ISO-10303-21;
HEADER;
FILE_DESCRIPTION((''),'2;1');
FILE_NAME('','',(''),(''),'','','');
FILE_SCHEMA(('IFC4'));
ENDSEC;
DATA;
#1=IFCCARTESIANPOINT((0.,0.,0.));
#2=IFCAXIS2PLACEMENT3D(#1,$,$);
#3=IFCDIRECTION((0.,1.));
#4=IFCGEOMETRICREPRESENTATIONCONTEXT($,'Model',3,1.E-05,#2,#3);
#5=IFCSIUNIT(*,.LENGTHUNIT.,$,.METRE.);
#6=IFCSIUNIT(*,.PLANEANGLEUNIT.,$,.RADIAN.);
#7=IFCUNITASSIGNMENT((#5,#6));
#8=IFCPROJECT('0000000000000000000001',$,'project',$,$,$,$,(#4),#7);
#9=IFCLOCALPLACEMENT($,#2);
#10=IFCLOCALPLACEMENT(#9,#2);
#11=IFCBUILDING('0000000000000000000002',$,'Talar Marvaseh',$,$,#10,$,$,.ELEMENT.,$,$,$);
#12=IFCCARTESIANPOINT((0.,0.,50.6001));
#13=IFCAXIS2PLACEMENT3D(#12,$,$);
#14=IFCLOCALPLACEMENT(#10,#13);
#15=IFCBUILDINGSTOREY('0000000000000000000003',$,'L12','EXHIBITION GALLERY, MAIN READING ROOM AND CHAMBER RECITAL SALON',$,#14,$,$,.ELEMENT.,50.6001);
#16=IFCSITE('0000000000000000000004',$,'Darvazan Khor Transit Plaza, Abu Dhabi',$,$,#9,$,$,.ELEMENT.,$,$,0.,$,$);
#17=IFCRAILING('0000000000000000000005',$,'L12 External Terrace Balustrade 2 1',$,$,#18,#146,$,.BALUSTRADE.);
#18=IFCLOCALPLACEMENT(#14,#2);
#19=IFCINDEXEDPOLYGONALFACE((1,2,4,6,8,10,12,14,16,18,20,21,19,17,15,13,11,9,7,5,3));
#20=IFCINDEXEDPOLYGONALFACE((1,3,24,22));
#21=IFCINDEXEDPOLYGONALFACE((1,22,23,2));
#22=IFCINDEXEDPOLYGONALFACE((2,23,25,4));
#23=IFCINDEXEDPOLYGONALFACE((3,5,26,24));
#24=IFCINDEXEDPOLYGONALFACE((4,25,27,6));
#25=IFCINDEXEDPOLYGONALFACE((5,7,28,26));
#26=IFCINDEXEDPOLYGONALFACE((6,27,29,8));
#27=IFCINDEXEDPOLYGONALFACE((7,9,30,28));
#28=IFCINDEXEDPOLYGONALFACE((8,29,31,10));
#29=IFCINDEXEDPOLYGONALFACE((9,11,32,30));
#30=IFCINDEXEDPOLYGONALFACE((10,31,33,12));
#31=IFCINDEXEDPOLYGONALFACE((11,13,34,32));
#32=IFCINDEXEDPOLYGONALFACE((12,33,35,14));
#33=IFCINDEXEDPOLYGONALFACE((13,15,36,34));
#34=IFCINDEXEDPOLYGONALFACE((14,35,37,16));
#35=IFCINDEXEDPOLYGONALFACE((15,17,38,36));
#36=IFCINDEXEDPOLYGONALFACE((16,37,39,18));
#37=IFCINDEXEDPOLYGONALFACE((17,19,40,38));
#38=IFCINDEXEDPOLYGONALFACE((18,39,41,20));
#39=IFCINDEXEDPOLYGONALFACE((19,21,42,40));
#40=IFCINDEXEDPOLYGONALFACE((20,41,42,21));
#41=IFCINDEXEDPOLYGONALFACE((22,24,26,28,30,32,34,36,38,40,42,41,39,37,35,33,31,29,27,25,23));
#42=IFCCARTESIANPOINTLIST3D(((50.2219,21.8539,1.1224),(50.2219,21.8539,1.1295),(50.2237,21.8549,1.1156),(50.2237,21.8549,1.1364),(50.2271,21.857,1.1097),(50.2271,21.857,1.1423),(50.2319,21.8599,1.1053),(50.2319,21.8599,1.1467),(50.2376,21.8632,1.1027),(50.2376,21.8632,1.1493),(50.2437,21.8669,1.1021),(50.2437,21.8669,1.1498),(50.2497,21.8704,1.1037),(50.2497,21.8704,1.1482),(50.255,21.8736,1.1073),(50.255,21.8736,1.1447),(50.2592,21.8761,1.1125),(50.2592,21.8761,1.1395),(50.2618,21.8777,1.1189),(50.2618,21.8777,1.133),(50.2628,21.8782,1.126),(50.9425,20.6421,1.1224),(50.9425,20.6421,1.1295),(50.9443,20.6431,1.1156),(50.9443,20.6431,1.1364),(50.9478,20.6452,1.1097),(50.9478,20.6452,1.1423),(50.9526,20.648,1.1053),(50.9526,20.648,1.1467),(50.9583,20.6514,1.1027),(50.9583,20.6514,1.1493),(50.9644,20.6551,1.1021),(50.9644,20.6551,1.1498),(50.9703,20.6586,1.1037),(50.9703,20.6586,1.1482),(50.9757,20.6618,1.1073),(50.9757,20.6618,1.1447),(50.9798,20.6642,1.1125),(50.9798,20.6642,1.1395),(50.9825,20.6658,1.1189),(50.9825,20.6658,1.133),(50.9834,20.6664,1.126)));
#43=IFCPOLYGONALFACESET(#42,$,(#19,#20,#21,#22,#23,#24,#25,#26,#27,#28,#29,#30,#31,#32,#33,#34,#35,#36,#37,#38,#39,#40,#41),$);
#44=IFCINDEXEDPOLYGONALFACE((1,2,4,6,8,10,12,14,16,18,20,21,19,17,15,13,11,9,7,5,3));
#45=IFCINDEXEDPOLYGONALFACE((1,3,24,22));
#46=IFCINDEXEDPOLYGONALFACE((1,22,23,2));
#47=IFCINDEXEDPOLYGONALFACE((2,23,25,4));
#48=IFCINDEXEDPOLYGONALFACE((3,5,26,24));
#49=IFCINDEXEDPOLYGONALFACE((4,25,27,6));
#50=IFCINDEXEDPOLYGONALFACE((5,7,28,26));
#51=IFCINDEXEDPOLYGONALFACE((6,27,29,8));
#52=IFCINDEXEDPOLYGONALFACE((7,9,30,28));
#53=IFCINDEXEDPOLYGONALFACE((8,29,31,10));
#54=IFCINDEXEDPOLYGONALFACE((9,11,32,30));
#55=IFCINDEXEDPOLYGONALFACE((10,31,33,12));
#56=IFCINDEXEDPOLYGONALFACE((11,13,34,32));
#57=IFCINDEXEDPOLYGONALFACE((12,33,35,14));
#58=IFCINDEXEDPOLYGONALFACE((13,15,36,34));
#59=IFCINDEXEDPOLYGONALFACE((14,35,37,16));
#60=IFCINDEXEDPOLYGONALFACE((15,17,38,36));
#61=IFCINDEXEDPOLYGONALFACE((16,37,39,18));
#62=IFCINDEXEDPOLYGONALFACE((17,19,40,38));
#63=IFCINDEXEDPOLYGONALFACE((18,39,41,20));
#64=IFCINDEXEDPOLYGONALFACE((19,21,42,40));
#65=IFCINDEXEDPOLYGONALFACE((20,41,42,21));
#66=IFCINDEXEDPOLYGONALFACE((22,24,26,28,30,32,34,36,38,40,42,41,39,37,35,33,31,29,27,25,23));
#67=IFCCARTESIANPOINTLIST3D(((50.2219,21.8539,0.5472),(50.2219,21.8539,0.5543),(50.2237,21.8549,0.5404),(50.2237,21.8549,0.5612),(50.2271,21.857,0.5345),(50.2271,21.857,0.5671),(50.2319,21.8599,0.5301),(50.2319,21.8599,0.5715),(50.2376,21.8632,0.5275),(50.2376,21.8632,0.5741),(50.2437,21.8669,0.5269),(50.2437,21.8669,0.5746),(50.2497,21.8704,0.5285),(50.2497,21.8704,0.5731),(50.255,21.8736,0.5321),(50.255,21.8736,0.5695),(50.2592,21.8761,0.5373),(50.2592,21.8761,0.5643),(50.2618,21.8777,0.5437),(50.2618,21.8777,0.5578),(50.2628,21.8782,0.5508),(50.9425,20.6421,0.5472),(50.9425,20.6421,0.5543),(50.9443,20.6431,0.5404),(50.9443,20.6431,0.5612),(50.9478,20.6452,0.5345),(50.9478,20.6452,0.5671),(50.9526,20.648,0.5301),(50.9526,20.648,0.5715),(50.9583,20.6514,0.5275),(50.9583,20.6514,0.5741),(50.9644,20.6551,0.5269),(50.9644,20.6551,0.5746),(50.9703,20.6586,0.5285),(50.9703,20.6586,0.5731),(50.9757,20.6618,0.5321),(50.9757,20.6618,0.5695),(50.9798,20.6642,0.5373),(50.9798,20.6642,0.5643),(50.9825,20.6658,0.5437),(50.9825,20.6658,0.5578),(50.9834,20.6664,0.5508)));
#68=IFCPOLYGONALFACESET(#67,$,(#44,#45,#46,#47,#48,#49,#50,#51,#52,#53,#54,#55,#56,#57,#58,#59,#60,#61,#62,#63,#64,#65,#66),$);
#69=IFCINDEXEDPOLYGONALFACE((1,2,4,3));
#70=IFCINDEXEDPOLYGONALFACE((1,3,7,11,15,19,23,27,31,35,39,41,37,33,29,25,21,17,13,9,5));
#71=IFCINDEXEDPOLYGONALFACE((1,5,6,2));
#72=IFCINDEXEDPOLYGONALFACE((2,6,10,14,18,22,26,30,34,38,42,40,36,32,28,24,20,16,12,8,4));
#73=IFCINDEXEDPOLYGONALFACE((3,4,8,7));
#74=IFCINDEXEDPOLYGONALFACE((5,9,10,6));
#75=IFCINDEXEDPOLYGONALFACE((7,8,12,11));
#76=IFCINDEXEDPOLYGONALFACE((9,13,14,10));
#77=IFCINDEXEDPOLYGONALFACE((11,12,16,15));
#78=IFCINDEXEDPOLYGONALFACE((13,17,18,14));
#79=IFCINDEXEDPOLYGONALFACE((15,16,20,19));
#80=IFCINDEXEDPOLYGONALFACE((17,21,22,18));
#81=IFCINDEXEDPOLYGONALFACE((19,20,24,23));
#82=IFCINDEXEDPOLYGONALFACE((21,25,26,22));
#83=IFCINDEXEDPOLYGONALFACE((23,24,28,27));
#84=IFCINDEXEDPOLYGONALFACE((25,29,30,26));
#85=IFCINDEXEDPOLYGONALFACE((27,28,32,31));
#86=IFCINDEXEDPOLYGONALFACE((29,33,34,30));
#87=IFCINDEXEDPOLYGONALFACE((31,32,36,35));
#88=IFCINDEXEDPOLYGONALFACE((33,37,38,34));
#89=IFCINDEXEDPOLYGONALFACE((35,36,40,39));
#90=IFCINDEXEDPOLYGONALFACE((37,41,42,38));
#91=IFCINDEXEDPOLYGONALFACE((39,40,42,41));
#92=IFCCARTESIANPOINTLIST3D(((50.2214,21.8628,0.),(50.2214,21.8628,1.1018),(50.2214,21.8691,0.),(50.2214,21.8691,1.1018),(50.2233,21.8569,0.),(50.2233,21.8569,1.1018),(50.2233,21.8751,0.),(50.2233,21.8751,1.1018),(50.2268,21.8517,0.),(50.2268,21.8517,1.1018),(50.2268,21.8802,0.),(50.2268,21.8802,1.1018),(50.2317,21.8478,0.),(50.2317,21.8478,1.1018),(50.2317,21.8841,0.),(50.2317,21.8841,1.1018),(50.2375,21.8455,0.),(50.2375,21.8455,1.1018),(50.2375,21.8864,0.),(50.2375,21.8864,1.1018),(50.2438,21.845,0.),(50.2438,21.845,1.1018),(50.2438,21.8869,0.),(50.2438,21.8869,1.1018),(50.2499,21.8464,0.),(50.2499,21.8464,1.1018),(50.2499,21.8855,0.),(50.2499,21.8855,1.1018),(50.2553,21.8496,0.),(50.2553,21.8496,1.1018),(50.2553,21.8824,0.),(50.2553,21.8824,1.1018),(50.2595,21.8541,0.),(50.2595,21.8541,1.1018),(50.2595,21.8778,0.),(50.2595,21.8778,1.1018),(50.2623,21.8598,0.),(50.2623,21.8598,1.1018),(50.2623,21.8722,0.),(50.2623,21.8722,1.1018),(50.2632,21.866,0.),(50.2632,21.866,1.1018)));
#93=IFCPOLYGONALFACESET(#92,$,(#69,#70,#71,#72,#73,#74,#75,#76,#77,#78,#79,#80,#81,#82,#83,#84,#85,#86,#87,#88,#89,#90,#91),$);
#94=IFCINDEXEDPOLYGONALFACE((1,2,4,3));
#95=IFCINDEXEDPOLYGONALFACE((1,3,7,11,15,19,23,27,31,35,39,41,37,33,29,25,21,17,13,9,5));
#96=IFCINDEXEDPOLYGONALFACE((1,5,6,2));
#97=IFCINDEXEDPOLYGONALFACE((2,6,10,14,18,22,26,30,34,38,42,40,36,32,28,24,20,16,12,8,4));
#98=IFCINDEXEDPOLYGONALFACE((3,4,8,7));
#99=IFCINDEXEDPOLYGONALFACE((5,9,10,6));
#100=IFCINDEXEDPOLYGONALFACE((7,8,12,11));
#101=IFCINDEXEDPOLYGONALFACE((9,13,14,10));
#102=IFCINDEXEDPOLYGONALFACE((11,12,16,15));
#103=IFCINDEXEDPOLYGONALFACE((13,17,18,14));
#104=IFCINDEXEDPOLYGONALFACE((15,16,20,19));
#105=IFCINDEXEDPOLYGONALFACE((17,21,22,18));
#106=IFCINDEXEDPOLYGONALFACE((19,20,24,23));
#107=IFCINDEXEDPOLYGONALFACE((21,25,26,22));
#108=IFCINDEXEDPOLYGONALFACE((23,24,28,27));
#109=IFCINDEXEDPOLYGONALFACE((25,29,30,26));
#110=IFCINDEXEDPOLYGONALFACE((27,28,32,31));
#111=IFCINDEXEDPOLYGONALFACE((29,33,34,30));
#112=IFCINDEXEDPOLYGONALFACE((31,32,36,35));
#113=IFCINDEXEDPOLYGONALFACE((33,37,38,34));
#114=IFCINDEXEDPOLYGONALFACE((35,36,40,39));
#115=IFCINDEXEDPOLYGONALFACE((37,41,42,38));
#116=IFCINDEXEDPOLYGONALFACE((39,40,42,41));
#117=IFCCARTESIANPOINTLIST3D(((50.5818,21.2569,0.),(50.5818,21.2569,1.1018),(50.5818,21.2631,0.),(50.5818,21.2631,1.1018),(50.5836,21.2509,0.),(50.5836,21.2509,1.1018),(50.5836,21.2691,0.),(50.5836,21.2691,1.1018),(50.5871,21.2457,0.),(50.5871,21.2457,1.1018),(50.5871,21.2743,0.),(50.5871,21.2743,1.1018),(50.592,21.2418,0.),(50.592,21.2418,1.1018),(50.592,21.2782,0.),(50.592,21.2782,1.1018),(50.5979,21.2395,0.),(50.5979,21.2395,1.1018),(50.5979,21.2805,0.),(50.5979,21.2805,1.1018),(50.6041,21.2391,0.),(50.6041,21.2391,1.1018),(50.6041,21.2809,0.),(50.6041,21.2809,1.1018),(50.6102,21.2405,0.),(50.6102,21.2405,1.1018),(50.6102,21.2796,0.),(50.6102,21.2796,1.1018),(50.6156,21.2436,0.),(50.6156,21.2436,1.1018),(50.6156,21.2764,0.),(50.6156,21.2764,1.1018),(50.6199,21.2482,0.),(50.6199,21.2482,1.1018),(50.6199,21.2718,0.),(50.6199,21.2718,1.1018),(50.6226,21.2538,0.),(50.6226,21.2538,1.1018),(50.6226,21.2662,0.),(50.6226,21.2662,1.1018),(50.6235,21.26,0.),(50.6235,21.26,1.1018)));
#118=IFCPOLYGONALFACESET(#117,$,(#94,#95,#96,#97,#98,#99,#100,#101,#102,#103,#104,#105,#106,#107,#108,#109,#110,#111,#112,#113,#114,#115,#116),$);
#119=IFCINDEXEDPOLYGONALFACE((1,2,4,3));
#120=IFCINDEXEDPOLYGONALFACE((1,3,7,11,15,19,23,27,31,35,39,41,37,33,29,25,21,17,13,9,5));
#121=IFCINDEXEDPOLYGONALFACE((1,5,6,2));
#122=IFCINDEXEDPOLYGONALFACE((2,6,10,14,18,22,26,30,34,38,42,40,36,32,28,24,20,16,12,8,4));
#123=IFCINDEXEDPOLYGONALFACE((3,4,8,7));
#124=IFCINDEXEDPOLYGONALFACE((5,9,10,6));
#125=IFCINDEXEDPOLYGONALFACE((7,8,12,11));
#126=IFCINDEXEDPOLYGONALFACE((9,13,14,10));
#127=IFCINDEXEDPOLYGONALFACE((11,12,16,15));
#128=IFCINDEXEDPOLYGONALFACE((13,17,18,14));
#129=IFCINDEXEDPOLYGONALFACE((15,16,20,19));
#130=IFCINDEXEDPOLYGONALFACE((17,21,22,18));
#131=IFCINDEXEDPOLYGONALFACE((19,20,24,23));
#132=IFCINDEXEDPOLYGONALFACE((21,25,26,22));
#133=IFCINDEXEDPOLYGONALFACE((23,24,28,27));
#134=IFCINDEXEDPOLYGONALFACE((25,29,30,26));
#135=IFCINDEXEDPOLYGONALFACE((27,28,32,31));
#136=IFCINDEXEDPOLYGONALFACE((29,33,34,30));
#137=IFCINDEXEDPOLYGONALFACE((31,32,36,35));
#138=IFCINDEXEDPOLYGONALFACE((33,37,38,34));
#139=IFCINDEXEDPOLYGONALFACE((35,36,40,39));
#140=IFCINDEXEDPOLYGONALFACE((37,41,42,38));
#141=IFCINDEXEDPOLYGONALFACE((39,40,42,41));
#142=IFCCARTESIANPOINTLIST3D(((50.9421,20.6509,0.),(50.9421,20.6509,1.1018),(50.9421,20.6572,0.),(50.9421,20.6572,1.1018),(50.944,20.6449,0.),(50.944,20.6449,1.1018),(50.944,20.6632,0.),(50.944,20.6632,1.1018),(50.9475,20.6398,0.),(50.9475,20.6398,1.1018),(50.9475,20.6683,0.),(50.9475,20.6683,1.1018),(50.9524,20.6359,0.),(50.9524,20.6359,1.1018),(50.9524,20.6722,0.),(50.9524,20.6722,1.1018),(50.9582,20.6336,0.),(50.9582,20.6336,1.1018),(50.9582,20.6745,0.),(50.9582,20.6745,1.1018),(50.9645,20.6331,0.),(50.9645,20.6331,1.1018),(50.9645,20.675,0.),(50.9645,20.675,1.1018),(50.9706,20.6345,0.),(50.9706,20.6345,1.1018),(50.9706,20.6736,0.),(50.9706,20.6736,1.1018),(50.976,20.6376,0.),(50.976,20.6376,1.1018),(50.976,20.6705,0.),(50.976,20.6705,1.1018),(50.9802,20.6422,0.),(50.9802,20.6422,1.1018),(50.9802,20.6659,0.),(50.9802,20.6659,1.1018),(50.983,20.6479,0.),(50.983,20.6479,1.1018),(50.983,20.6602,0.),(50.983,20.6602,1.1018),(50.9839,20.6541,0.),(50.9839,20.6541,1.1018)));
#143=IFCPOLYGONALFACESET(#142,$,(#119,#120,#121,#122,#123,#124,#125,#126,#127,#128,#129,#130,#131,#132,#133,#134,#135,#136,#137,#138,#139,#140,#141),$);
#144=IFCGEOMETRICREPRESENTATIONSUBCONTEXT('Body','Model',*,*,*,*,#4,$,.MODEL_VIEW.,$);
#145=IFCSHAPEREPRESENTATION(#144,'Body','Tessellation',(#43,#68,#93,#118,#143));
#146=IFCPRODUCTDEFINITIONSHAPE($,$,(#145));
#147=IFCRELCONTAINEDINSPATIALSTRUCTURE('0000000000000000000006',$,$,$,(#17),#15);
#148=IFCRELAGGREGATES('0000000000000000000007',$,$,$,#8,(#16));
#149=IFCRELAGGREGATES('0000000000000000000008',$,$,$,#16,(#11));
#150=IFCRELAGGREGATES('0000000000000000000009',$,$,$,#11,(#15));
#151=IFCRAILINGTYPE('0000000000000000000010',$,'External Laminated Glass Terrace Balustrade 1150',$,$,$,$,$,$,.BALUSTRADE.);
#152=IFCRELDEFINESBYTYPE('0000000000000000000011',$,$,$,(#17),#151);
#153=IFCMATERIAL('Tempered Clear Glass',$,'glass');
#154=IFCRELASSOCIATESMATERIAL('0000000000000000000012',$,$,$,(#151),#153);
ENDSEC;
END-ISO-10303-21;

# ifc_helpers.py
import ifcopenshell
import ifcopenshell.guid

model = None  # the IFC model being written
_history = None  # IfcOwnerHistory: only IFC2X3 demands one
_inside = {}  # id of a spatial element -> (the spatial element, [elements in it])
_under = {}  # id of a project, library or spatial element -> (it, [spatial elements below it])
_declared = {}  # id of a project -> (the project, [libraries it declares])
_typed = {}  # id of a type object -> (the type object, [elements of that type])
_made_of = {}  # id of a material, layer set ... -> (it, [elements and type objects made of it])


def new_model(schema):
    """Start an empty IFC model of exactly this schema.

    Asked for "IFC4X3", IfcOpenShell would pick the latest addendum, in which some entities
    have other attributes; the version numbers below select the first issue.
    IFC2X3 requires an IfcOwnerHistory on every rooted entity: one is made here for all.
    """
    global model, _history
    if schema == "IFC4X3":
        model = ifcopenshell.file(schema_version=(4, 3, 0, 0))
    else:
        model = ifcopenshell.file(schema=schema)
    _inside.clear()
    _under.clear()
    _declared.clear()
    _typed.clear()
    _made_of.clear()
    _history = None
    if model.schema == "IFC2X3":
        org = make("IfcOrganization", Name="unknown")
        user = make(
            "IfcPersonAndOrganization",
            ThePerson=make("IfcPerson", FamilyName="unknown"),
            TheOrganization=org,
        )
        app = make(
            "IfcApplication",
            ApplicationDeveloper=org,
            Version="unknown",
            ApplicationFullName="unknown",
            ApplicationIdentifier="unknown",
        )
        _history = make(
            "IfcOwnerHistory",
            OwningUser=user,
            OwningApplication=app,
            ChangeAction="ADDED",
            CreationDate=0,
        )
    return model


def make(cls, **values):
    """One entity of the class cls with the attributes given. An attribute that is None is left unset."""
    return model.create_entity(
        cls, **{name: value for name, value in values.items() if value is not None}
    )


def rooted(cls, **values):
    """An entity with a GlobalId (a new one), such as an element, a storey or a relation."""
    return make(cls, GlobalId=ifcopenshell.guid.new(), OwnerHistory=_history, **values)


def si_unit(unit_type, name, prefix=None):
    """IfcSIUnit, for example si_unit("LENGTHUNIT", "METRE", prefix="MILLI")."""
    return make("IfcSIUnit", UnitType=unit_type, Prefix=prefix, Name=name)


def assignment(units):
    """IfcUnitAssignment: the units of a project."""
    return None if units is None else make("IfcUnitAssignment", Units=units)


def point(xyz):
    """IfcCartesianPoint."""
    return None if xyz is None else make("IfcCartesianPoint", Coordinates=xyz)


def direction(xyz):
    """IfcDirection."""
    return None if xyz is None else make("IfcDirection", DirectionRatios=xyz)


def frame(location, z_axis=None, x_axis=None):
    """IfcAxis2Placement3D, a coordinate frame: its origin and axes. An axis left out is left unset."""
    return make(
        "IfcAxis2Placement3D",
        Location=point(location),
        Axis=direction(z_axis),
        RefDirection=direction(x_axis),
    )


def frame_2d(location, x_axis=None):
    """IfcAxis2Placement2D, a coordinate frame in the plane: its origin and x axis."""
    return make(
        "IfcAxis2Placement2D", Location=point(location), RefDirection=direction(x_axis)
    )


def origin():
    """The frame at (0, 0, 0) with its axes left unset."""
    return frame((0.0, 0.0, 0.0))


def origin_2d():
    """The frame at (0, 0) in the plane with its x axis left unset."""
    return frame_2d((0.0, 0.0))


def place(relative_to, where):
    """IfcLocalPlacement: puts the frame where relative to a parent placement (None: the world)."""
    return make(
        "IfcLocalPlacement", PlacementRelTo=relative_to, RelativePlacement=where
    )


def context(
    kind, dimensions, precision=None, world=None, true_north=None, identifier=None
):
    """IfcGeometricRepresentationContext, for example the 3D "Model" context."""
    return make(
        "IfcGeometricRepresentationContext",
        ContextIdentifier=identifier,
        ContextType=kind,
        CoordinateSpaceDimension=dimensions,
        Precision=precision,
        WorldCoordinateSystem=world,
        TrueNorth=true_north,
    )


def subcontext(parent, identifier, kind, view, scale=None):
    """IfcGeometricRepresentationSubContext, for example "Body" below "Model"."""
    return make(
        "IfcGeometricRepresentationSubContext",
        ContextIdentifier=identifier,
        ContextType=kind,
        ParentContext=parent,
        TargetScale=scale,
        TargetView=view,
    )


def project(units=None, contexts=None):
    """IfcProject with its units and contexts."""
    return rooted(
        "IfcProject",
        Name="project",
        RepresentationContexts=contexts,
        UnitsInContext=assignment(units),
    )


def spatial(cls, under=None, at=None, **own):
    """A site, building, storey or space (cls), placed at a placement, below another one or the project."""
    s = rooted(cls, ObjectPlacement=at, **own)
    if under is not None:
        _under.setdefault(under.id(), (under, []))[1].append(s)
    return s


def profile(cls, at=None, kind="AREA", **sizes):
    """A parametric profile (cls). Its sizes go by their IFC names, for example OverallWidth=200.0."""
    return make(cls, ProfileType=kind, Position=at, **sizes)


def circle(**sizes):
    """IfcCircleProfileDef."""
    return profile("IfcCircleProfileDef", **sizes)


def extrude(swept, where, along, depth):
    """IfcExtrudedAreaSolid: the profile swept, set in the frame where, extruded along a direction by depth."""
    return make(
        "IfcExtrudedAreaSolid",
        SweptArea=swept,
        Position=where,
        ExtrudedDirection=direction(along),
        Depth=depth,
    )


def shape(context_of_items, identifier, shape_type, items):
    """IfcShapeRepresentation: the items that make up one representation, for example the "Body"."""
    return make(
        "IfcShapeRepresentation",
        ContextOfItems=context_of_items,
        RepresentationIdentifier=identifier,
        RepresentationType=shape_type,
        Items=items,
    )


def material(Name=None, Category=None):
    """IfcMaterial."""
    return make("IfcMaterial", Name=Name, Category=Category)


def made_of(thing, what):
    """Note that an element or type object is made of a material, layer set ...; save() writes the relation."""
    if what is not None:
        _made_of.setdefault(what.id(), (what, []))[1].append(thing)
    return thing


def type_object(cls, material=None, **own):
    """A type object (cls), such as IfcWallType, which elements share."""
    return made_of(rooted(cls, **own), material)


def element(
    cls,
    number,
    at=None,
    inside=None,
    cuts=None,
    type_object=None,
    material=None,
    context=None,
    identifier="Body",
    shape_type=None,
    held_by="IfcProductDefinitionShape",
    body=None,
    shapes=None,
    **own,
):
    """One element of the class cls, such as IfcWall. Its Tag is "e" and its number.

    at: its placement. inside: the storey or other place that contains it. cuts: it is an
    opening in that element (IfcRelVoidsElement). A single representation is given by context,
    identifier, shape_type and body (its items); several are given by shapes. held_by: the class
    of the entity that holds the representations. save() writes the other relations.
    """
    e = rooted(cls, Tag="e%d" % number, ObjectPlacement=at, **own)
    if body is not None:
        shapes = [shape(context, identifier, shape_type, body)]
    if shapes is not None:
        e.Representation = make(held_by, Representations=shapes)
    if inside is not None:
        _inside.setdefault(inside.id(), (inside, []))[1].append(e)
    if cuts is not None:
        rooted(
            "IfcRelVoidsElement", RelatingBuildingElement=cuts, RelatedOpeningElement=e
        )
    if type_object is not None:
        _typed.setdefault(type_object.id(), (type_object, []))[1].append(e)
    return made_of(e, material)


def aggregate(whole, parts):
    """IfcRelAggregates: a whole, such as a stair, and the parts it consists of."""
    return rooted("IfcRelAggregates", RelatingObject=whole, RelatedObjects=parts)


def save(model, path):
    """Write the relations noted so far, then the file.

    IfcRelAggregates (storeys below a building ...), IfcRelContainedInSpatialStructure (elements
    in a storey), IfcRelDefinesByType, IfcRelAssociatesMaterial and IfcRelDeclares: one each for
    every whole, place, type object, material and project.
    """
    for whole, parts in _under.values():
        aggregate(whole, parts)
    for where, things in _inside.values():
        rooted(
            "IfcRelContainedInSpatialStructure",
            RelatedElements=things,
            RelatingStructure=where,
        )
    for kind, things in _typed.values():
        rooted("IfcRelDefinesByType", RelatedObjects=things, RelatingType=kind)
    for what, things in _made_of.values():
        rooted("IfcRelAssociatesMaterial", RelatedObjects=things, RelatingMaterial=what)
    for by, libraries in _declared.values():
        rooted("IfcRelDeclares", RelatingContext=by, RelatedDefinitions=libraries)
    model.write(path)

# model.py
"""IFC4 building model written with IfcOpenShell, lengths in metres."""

from ifc_helpers import new_model, si_unit, direction, frame, origin, origin_2d, place, context, subcontext, project, spatial, circle, extrude, material, type_object, element, save


model = new_model("IFC4")

# Units and contexts
model_context = context("Model", 3, precision=1e-05, world=origin(), true_north=direction((0.0, 1.0)))
body_context = subcontext(model_context, "Body", "Model", "MODEL_VIEW")
ifc_project = project(units=[si_unit("LENGTHUNIT", "METRE"), si_unit("PLANEANGLEUNIT", "RADIAN")], contexts=[model_context])

# Site, building, storey
site_placement = place(None, origin())
site = spatial("IfcSite", under=ifc_project, at=site_placement, Name="Darvazan Khor Transit Plaza, Abu Dhabi", CompositionType="ELEMENT", RefElevation=0.0)
building_placement = place(site_placement, origin())
building = spatial("IfcBuilding", under=site, at=building_placement, Name="Talar Marvaseh", CompositionType="ELEMENT")
storey_placement = place(building_placement, frame((0.0, 0.0, 50.6001)))
storey = spatial("IfcBuildingStorey", under=building, at=storey_placement, Name="L12", Description="EXHIBITION GALLERY, MAIN READING ROOM AND CHAMBER RECITAL SALON", CompositionType="ELEMENT", Elevation=50.6001)

# Railing
ifc_material_1 = material(Name="Tempered Clear Glass", Category="glass")
railing_type = type_object("IfcRailingType", Name="External Laminated Glass Terrace Balustrade 1150", PredefinedType="BALUSTRADE", material=ifc_material_1)
railing_1_placement = place(storey_placement, frame((50.2422, 21.866, 0.0)))
element("IfcRailing", 1, at=railing_1_placement, inside=storey, type_object=railing_type, Name="L12 External Terrace Balustrade 2 1", PredefinedType="BALUSTRADE", context=body_context, shape_type="SweptSolid", body=[
    extrude(circle(Radius=0.0239, at=origin_2d()), frame((0.0, 0.0, 1.126), z_axis=(0.511131, -0.859503, 0.0), x_axis=(0.859503, 0.511131, 0.0)), (0.0, 0.0, 1.0), 1.4099),
    extrude(circle(Radius=0.0239, at=origin_2d()), frame((0.0, 0.0, 0.5508), z_axis=(0.511131, -0.859503, 0.0), x_axis=(0.859503, 0.511131, 0.0)), (0.0, 0.0, 1.0), 1.4099),
    extrude(circle(Radius=0.021, at=origin_2d()), origin(), (0.0, 0.0, 1.0), 1.1018),
    extrude(circle(Radius=0.021, at=origin_2d()), frame((0.3604, -0.606, 0.0)), (0.0, 0.0, 1.0), 1.1018),
    extrude(circle(Radius=0.021, at=origin_2d()), frame((0.7207, -1.2119, 0.0)), (0.0, 0.0, 1.0), 1.1018),
])

save(model, "model.ifc")
